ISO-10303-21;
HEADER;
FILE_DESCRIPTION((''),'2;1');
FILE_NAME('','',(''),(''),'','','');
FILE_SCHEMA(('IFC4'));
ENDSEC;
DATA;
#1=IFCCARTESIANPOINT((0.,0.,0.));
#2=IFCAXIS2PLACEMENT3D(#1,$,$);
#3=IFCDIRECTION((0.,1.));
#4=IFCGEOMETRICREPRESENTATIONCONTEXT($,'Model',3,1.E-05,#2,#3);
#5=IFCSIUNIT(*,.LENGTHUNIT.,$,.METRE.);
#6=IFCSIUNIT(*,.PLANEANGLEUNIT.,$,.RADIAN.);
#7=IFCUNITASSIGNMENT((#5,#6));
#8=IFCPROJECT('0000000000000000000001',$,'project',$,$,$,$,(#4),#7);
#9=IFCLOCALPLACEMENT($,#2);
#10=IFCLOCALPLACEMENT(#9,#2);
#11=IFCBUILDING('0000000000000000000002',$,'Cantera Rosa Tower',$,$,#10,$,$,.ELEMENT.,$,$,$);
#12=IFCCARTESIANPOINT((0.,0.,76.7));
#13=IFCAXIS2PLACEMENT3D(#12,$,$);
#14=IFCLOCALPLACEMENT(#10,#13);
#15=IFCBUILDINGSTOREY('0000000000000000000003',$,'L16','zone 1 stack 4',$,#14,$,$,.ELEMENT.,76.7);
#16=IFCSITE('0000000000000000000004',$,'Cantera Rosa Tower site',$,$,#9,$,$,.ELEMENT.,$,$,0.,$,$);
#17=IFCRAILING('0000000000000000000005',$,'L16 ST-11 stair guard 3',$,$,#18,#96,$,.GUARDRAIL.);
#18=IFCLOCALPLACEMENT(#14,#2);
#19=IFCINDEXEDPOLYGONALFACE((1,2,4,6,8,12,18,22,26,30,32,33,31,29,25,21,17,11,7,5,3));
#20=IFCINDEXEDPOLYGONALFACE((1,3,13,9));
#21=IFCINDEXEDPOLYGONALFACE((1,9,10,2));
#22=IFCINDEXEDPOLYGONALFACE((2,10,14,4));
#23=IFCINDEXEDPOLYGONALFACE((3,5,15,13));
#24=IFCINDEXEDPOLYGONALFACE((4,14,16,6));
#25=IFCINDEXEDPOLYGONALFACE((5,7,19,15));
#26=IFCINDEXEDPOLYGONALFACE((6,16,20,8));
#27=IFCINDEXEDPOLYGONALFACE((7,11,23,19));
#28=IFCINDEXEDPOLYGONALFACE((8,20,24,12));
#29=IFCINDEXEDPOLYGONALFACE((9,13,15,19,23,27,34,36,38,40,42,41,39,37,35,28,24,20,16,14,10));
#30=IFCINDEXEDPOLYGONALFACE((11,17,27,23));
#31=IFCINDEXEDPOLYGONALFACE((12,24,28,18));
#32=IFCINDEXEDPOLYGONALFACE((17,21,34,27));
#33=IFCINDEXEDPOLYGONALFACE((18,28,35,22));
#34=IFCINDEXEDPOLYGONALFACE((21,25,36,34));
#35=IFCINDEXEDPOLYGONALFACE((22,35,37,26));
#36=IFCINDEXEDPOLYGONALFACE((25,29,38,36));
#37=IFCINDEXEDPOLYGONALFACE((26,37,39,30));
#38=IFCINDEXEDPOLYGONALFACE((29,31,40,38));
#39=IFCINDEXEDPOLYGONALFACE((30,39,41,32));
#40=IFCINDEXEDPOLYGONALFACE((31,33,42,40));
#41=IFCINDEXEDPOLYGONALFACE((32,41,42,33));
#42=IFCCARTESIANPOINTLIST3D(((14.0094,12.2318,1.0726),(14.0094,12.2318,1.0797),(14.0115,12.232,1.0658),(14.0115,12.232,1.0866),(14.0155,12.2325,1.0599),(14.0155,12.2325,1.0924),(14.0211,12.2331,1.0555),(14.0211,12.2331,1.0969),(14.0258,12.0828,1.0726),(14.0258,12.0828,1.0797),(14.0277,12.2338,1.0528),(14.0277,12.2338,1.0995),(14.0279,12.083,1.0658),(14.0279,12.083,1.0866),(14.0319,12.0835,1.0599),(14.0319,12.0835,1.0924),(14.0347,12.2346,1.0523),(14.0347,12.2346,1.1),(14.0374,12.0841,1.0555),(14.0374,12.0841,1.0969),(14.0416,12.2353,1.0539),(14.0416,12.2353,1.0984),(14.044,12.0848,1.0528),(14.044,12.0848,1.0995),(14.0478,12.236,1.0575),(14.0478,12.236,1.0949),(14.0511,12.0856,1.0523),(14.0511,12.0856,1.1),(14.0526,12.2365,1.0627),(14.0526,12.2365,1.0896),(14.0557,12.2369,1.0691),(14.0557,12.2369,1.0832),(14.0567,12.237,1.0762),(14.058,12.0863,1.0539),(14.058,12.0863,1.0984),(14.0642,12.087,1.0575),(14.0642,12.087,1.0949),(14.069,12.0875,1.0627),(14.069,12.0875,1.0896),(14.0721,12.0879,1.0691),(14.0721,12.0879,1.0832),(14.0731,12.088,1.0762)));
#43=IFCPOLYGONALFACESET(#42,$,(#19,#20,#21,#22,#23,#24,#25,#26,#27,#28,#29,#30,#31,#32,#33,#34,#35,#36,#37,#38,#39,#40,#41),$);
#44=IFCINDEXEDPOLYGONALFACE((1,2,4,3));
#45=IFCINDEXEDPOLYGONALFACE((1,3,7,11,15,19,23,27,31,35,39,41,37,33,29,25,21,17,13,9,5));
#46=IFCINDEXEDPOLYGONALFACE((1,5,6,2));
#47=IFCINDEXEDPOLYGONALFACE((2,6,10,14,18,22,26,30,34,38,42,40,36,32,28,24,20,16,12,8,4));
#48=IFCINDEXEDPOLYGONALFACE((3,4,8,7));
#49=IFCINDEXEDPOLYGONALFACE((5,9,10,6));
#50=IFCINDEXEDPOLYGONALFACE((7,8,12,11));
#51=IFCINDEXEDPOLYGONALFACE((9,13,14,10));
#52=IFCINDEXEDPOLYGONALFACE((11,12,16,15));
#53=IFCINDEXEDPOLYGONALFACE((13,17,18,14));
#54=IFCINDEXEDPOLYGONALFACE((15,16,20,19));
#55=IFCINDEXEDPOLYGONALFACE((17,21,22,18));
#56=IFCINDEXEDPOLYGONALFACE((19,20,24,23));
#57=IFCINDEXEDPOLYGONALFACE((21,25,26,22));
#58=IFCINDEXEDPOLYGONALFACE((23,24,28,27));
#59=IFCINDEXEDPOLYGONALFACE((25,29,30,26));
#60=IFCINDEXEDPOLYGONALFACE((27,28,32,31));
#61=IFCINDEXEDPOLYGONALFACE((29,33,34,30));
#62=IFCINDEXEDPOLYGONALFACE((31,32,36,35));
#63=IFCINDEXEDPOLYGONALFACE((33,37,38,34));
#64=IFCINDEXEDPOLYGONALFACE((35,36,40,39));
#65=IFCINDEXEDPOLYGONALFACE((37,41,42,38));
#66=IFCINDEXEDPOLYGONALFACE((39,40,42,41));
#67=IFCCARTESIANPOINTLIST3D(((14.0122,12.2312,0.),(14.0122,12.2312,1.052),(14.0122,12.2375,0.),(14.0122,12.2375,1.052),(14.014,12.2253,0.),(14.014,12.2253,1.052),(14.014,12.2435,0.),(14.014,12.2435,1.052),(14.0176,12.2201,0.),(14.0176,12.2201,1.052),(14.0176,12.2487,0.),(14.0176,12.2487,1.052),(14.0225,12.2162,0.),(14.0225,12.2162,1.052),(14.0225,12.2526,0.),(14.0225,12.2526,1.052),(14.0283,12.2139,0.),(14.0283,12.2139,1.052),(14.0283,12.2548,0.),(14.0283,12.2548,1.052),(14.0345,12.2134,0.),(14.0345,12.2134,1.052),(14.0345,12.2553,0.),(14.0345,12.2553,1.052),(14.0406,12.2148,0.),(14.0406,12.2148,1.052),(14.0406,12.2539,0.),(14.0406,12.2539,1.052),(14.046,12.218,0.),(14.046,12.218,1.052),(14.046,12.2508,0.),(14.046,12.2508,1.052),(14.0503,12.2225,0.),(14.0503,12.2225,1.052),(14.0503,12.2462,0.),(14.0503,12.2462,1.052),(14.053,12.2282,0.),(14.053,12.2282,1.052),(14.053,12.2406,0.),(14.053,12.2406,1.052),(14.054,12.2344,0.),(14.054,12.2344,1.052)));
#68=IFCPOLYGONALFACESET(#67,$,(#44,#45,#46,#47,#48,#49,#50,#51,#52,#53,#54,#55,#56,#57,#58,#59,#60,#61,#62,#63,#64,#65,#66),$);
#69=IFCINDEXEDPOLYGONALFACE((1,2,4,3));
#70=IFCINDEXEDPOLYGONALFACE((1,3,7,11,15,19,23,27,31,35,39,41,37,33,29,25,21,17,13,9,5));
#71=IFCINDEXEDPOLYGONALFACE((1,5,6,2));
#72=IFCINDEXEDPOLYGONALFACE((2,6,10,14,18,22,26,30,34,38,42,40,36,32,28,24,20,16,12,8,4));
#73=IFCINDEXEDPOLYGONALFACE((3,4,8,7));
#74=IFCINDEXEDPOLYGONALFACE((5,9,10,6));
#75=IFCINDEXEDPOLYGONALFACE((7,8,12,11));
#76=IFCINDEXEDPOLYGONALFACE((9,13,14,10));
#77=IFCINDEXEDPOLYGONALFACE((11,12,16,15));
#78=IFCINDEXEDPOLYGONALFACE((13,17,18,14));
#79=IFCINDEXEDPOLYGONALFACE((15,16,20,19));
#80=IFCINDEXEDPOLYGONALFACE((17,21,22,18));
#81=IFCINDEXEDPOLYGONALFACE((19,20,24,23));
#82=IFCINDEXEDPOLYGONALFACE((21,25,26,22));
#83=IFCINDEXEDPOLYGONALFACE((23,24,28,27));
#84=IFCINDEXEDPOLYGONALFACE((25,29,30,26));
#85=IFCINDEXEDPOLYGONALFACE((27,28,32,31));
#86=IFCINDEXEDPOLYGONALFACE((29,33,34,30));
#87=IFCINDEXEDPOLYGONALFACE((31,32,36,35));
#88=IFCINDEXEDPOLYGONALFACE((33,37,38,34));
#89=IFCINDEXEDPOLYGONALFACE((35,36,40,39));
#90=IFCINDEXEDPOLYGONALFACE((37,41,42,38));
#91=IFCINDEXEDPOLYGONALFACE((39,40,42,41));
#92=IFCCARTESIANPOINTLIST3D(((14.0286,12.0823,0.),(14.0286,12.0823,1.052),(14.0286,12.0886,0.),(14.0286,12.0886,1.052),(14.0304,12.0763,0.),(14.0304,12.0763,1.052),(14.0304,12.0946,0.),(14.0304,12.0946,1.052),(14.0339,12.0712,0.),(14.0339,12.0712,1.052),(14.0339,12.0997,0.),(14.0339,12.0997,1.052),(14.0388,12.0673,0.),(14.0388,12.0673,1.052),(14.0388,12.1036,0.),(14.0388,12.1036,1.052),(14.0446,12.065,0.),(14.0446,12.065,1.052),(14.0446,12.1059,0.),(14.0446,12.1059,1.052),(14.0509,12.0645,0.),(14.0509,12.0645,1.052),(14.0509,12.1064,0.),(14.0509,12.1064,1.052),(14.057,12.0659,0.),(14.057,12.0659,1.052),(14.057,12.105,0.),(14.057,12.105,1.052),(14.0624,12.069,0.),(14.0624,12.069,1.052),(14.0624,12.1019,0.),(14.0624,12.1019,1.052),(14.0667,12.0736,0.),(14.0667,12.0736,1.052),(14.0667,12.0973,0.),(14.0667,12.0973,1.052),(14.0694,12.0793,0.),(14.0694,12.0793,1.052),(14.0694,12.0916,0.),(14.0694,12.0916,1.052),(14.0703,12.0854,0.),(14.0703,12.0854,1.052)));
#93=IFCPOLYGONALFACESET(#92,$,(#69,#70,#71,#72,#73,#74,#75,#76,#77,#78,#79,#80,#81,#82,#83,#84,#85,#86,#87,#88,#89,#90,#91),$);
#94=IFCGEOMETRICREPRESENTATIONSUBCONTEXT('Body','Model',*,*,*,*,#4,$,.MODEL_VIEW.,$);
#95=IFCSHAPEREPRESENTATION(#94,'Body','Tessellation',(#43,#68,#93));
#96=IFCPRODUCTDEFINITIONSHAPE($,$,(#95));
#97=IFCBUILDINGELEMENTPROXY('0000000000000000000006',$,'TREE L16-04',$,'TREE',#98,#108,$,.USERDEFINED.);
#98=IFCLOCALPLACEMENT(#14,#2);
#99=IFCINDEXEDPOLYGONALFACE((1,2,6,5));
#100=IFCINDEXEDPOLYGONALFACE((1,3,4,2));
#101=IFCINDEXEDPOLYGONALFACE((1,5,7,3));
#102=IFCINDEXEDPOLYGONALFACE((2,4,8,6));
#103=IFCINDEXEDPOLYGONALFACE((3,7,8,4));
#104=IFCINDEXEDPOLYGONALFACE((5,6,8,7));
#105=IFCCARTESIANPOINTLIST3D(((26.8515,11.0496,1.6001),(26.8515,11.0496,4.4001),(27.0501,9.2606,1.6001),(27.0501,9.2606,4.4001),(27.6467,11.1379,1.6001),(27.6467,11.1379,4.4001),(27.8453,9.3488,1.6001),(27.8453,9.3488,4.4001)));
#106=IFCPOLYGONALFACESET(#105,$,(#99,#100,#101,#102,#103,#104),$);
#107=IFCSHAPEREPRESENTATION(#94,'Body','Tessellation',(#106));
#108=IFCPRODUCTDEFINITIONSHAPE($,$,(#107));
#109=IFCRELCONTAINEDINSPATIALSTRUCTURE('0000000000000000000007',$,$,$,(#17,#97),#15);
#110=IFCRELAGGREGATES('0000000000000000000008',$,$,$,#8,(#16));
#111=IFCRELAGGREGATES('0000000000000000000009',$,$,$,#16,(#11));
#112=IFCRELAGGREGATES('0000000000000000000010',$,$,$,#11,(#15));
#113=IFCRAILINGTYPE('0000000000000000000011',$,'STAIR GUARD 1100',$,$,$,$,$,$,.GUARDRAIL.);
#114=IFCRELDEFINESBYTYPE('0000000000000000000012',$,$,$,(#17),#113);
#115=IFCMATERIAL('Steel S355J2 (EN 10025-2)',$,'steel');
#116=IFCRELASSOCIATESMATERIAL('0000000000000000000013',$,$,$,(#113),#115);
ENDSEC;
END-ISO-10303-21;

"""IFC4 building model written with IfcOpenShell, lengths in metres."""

from ifc_helpers import new_model, si_unit, direction, frame, origin, origin_2d, place, context, subcontext, project, spatial, rectangle, circle, extrude, material, type_object, element, save


model = new_model("IFC4")

# Units and contexts
model_context = context("Model", 3, precision=1e-05, world=origin(), true_north=direction((0.0, 1.0)))
body_context = subcontext(model_context, "Body", "Model", "MODEL_VIEW")
ifc_project = project(units=[si_unit("LENGTHUNIT", "METRE"), si_unit("PLANEANGLEUNIT", "RADIAN")], contexts=[model_context])

# Site, building, storey
site_placement = place(None, origin())
site = spatial("IfcSite", under=ifc_project, at=site_placement, Name="Cantera Rosa Tower site", CompositionType="ELEMENT", RefElevation=0.0)
building_placement = place(site_placement, origin())
building = spatial("IfcBuilding", under=site, at=building_placement, Name="Cantera Rosa Tower", CompositionType="ELEMENT")
storey_placement = place(building_placement, frame((0.0, 0.0, 76.7)))
storey = spatial("IfcBuildingStorey", under=building, at=storey_placement, Name="L16", Description="zone 1 stack 4", CompositionType="ELEMENT", Elevation=76.7)

# Railing
ifc_material_1 = material(Name="Steel S355J2 (EN 10025-2)", Category="steel")
railing_type_1 = type_object("IfcRailingType", Name="STAIR GUARD 1100", PredefinedType="GUARDRAIL", material=ifc_material_1)
railing_1_placement = place(storey_placement, frame((14.033, 12.2344, 0.0)))
element("IfcRailing", 1, at=railing_1_placement, inside=storey, type_object=railing_type_1, Name="L16 ST-11 stair guard 3", PredefinedType="GUARDRAIL", context=body_context, shape_type="SweptSolid", body=[
    extrude(circle(Radius=0.0239, at=origin_2d()), frame((0.0, 0.0, 1.0762), z_axis=(0.109179, -0.994022, 0.0), x_axis=(0.994022, 0.109179, 0.0)), (0.0, 0.0, 1.0), 0.1499),
    extrude(circle(Radius=0.021, at=origin_2d()), origin(), (0.0, 0.0, 1.0), 1.052),
    extrude(circle(Radius=0.021, at=origin_2d()), frame((0.0164, -0.1489, 0.0)), (0.0, 0.0, 1.0), 1.052),
])

# Building element proxy
proxy_placement = place(storey_placement, frame((27.3484, 10.1992, 1.6001), z_axis=(0.0, 0.0, 1.0), x_axis=(-0.110313, 0.993897, 0.0)))
element("IfcBuildingElementProxy", 2, at=proxy_placement, inside=storey, Name="TREE L16-04", ObjectType="TREE", PredefinedType="USERDEFINED", context=body_context, shape_type="SweptSolid", body=[
    extrude(rectangle(XDim=1.8, YDim=0.8, at=origin_2d()), origin(), (0.0, 0.0, 1.0), 2.8),
])

save(model, "model.ifc")
